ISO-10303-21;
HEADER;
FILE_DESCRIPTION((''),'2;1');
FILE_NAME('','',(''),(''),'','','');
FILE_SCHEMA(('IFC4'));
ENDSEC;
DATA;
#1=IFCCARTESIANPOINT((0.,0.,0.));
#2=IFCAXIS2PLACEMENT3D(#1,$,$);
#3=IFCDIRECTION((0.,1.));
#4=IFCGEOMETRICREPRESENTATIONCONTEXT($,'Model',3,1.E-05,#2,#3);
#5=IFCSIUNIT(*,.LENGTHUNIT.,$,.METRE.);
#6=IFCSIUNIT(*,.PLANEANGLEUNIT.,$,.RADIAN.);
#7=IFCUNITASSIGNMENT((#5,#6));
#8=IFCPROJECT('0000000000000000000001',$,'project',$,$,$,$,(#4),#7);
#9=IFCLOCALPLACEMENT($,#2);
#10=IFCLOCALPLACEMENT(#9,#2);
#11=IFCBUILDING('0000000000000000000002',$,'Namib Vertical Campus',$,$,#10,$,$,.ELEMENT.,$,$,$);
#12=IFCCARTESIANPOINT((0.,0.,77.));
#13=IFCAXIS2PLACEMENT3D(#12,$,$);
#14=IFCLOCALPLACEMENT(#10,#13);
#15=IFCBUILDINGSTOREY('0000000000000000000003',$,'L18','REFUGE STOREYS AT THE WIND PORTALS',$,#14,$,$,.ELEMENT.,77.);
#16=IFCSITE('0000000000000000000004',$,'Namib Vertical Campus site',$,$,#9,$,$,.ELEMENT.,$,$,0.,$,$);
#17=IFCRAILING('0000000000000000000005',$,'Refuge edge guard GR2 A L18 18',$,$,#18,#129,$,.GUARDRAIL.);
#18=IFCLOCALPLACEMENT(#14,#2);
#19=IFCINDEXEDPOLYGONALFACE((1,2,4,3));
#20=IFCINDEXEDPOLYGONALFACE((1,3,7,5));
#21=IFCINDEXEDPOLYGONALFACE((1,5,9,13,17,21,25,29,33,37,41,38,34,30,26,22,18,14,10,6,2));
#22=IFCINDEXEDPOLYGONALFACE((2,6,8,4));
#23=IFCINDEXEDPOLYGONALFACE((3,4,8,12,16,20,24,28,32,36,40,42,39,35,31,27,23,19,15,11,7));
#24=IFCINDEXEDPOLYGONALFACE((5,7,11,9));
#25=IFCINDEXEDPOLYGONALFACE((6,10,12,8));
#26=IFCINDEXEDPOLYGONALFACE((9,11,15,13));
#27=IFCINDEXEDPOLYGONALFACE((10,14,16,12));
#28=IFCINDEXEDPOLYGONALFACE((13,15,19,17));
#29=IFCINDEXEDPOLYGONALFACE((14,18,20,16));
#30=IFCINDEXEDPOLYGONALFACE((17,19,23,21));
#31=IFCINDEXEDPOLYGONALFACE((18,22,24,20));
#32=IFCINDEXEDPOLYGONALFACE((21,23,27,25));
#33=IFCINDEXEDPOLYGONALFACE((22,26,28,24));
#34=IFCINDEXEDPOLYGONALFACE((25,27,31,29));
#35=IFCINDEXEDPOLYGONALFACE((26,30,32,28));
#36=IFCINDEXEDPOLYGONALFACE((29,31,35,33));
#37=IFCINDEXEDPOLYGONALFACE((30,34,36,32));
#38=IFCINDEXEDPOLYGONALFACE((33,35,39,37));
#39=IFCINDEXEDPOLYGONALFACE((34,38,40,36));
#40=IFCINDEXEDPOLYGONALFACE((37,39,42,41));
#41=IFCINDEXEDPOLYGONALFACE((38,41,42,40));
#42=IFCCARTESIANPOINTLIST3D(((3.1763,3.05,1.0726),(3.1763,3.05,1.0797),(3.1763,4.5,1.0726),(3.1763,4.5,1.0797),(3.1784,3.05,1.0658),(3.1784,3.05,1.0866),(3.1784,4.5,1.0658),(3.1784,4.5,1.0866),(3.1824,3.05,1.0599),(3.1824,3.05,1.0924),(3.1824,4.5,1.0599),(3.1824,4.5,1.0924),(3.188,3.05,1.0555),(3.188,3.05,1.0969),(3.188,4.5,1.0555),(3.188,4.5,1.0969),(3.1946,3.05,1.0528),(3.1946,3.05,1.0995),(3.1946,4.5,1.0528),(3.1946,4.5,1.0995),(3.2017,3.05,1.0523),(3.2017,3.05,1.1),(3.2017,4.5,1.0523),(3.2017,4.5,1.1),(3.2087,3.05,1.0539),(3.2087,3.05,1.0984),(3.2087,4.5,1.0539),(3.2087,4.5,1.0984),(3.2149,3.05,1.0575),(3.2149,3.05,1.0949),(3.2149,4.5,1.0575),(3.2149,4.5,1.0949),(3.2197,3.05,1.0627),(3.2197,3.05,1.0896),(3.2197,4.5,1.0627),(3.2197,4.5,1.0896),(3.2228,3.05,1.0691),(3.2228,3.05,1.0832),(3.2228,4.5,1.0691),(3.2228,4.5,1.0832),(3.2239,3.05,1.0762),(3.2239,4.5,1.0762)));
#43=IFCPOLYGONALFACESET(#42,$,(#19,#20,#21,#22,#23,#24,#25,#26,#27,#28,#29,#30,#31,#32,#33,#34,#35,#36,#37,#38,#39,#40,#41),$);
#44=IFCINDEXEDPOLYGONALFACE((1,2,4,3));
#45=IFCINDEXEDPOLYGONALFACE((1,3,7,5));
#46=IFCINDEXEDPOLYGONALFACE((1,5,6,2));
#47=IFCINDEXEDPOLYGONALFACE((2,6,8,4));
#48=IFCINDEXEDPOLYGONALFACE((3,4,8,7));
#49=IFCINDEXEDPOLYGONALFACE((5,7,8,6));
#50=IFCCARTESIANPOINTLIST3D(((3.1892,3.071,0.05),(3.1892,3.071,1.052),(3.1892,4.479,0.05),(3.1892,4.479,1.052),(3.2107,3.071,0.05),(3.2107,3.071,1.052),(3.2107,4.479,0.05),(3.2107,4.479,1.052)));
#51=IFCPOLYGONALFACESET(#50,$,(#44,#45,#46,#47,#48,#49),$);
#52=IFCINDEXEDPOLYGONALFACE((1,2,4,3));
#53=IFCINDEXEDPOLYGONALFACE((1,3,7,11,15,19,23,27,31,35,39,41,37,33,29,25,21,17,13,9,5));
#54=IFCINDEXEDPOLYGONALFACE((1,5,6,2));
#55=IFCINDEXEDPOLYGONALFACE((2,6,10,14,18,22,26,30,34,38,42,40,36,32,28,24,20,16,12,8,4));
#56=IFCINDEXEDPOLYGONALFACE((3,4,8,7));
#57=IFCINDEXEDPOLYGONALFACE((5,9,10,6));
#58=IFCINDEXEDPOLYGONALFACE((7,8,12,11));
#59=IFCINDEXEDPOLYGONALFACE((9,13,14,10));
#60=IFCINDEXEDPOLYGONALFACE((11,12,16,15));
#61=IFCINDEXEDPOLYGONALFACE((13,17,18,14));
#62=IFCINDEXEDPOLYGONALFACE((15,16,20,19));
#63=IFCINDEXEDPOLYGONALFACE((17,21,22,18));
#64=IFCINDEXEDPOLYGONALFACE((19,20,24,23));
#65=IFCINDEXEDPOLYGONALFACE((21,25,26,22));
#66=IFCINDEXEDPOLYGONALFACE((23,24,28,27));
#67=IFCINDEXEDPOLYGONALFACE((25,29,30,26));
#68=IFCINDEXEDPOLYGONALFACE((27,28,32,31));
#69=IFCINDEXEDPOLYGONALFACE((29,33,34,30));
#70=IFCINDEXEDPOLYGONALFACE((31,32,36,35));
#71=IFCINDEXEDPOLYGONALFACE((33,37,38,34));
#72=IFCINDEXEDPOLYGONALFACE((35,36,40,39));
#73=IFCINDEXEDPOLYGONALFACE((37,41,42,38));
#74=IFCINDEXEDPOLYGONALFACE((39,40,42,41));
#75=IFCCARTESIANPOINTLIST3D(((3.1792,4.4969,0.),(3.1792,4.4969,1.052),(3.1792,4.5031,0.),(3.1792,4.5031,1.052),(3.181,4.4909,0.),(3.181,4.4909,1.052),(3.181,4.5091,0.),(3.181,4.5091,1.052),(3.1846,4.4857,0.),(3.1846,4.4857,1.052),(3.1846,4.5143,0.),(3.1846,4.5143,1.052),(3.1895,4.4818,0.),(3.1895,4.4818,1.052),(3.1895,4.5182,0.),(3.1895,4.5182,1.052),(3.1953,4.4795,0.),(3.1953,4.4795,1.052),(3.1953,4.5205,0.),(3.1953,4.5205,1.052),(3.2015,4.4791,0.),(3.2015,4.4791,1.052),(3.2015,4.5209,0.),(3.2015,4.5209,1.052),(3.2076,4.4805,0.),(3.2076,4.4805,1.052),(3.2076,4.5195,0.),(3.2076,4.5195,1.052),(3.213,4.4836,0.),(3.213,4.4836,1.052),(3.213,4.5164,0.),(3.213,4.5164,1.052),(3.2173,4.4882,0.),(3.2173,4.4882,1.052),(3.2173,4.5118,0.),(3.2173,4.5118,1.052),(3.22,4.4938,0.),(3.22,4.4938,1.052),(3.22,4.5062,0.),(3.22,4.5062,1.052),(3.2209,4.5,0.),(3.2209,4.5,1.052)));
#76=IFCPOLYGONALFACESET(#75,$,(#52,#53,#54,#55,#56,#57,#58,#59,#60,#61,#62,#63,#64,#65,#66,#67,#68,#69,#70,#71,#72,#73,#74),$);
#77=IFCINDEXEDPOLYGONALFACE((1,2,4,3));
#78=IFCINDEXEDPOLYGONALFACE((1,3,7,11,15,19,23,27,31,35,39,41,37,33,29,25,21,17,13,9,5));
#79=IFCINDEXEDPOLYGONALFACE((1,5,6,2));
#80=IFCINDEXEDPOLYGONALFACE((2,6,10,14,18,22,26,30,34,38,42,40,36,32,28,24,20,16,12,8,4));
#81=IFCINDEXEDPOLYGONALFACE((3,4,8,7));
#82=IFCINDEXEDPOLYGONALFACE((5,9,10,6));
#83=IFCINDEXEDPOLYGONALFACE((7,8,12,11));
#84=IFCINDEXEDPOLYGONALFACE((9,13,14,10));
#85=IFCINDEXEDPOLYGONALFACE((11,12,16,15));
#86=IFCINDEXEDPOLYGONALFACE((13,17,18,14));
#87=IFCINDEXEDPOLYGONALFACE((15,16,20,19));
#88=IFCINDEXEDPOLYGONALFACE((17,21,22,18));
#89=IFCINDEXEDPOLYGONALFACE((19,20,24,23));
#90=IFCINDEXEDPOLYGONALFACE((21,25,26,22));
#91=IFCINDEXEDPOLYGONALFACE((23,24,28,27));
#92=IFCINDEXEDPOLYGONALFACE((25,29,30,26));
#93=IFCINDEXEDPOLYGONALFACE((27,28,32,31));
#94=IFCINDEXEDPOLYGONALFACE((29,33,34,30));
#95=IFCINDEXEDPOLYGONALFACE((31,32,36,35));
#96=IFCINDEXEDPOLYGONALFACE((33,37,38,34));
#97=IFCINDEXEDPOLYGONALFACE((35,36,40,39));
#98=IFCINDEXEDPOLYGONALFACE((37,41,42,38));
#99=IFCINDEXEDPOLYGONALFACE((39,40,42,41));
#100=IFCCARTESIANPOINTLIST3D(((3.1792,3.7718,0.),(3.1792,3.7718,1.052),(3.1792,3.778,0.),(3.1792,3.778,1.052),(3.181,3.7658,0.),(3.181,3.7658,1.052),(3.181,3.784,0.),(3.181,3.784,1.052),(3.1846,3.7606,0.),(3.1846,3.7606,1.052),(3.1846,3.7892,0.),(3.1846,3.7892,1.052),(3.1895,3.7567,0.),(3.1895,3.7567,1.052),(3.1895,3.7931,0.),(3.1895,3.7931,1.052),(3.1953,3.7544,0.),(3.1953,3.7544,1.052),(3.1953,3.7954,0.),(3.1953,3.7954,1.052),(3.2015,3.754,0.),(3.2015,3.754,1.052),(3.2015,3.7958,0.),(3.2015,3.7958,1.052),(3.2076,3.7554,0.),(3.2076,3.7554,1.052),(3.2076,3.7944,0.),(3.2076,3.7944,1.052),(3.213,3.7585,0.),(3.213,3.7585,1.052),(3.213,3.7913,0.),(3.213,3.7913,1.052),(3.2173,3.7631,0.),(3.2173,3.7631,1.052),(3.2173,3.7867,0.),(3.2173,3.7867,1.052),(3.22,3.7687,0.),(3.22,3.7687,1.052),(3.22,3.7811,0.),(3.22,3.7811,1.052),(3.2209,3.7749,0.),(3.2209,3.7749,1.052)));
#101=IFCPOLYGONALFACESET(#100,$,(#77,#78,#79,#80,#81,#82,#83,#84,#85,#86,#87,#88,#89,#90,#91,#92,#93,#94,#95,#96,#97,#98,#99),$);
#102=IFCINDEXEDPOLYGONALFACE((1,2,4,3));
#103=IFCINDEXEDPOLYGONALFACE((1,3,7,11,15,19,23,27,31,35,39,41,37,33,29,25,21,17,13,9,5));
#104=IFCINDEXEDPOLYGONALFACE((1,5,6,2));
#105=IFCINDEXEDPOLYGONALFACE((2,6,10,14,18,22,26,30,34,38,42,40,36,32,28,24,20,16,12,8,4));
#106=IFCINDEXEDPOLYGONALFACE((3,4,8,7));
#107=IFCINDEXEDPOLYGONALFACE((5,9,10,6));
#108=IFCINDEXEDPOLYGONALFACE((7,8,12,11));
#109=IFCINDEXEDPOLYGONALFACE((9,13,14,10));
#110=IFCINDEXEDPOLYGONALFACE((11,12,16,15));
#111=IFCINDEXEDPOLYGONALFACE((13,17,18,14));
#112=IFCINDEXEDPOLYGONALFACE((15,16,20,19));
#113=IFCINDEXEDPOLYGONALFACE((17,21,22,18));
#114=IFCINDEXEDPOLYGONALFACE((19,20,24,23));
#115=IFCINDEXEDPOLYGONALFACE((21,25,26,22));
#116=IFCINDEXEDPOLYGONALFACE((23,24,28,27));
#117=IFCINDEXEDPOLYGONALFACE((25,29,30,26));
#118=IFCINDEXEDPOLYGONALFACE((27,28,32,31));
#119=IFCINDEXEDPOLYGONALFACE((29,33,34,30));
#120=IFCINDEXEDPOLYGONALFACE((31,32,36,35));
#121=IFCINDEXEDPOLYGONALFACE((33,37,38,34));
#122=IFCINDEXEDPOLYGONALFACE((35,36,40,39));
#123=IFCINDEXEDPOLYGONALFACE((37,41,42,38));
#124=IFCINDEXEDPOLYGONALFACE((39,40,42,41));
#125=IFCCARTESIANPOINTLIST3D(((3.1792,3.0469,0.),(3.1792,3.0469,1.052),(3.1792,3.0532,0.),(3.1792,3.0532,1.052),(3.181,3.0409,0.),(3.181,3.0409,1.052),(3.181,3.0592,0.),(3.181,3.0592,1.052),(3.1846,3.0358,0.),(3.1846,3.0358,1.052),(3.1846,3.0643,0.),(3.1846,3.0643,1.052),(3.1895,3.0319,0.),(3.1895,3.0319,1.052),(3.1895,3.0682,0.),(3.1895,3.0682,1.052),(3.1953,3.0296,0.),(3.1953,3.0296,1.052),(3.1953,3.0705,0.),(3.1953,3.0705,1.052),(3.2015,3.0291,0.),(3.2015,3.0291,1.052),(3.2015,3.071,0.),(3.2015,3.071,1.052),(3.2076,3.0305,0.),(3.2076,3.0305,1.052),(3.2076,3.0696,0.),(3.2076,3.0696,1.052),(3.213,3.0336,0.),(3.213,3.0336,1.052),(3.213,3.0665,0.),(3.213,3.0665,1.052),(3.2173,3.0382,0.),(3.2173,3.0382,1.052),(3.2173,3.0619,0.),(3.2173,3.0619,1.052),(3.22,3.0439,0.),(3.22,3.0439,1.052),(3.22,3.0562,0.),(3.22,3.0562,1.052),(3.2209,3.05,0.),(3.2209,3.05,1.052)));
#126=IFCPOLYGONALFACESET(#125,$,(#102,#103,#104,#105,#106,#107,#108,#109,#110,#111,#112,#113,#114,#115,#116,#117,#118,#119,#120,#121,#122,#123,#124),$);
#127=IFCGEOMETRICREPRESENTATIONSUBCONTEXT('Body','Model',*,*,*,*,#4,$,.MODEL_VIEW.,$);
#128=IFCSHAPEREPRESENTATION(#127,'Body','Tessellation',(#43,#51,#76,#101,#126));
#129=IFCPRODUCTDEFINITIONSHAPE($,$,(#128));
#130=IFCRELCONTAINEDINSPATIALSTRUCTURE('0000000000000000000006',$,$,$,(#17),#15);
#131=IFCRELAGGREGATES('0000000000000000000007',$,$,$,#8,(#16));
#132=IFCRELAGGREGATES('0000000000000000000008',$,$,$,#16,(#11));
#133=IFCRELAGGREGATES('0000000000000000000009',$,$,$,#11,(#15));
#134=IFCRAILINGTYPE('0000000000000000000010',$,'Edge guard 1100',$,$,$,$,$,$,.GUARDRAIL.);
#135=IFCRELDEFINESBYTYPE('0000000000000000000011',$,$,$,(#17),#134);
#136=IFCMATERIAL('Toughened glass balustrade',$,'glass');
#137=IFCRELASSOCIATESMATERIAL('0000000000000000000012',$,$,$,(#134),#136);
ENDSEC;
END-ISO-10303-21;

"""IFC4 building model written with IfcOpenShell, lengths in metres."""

from ifc_helpers import new_model, si_unit, direction, frame, origin, origin_2d, place, context, subcontext, project, spatial, polyline, circle, outline, extrude, material, type_object, element, save


model = new_model("IFC4")

# Units and contexts
model_context = context("Model", 3, precision=1e-05, world=origin(), true_north=direction((0.0, 1.0)))
body_context = subcontext(model_context, "Body", "Model", "MODEL_VIEW")
ifc_project = project(units=[si_unit("LENGTHUNIT", "METRE"), si_unit("PLANEANGLEUNIT", "RADIAN")], contexts=[model_context])

# Site, building, storey
site_placement = place(None, origin())
site = spatial("IfcSite", under=ifc_project, at=site_placement, Name="Namib Vertical Campus site", CompositionType="ELEMENT", RefElevation=0.0)
building_placement = place(site_placement, origin())
building = spatial("IfcBuilding", under=site, at=building_placement, Name="Namib Vertical Campus", CompositionType="ELEMENT")
storey_placement = place(building_placement, frame((0.0, 0.0, 77.0)))
storey = spatial("IfcBuildingStorey", under=building, at=storey_placement, Name="L18", Description="REFUGE STOREYS AT THE WIND PORTALS", CompositionType="ELEMENT", Elevation=77.0)

# Railing
ifc_material_1 = material(Name="Toughened glass balustrade", Category="glass")
railing_type = type_object("IfcRailingType", Name="Edge guard 1100", PredefinedType="GUARDRAIL", material=ifc_material_1)
railing_1_placement = place(storey_placement, frame((3.2, 4.5, 0.0)))
element("IfcRailing", 1, at=railing_1_placement, inside=storey, type_object=railing_type, Name="Refuge edge guard GR2 A L18 18", PredefinedType="GUARDRAIL", context=body_context, shape_type="SweptSolid", body=[
    extrude(circle(Radius=0.0239, at=origin_2d()), frame((0.0, 0.0, 1.0762), z_axis=(0.0, -1.0, 0.0), x_axis=(1.0, 0.0, 0.0)), (0.0, 0.0, 1.0), 1.45),
    extrude(outline(polyline([(0.021, 0.05), (1.429, 0.05), (1.429, 1.052), (0.021, 1.052), (0.021, 0.05)])), frame((0.0107, 0.0, 0.0), z_axis=(-1.0, 0.0, 0.0), x_axis=(0.0, -1.0, 0.0)), (0.0, 0.0, 1.0), 0.0215),
    extrude(circle(Radius=0.021, at=origin_2d()), origin(), (0.0, 0.0, 1.0), 1.052),
    extrude(circle(Radius=0.021, at=origin_2d()), frame((0.0, -0.7251, 0.0)), (0.0, 0.0, 1.0), 1.052),
    extrude(circle(Radius=0.021, at=origin_2d()), frame((0.0, -1.45, 0.0)), (0.0, 0.0, 1.0), 1.052),
])

save(model, "model.ifc")
